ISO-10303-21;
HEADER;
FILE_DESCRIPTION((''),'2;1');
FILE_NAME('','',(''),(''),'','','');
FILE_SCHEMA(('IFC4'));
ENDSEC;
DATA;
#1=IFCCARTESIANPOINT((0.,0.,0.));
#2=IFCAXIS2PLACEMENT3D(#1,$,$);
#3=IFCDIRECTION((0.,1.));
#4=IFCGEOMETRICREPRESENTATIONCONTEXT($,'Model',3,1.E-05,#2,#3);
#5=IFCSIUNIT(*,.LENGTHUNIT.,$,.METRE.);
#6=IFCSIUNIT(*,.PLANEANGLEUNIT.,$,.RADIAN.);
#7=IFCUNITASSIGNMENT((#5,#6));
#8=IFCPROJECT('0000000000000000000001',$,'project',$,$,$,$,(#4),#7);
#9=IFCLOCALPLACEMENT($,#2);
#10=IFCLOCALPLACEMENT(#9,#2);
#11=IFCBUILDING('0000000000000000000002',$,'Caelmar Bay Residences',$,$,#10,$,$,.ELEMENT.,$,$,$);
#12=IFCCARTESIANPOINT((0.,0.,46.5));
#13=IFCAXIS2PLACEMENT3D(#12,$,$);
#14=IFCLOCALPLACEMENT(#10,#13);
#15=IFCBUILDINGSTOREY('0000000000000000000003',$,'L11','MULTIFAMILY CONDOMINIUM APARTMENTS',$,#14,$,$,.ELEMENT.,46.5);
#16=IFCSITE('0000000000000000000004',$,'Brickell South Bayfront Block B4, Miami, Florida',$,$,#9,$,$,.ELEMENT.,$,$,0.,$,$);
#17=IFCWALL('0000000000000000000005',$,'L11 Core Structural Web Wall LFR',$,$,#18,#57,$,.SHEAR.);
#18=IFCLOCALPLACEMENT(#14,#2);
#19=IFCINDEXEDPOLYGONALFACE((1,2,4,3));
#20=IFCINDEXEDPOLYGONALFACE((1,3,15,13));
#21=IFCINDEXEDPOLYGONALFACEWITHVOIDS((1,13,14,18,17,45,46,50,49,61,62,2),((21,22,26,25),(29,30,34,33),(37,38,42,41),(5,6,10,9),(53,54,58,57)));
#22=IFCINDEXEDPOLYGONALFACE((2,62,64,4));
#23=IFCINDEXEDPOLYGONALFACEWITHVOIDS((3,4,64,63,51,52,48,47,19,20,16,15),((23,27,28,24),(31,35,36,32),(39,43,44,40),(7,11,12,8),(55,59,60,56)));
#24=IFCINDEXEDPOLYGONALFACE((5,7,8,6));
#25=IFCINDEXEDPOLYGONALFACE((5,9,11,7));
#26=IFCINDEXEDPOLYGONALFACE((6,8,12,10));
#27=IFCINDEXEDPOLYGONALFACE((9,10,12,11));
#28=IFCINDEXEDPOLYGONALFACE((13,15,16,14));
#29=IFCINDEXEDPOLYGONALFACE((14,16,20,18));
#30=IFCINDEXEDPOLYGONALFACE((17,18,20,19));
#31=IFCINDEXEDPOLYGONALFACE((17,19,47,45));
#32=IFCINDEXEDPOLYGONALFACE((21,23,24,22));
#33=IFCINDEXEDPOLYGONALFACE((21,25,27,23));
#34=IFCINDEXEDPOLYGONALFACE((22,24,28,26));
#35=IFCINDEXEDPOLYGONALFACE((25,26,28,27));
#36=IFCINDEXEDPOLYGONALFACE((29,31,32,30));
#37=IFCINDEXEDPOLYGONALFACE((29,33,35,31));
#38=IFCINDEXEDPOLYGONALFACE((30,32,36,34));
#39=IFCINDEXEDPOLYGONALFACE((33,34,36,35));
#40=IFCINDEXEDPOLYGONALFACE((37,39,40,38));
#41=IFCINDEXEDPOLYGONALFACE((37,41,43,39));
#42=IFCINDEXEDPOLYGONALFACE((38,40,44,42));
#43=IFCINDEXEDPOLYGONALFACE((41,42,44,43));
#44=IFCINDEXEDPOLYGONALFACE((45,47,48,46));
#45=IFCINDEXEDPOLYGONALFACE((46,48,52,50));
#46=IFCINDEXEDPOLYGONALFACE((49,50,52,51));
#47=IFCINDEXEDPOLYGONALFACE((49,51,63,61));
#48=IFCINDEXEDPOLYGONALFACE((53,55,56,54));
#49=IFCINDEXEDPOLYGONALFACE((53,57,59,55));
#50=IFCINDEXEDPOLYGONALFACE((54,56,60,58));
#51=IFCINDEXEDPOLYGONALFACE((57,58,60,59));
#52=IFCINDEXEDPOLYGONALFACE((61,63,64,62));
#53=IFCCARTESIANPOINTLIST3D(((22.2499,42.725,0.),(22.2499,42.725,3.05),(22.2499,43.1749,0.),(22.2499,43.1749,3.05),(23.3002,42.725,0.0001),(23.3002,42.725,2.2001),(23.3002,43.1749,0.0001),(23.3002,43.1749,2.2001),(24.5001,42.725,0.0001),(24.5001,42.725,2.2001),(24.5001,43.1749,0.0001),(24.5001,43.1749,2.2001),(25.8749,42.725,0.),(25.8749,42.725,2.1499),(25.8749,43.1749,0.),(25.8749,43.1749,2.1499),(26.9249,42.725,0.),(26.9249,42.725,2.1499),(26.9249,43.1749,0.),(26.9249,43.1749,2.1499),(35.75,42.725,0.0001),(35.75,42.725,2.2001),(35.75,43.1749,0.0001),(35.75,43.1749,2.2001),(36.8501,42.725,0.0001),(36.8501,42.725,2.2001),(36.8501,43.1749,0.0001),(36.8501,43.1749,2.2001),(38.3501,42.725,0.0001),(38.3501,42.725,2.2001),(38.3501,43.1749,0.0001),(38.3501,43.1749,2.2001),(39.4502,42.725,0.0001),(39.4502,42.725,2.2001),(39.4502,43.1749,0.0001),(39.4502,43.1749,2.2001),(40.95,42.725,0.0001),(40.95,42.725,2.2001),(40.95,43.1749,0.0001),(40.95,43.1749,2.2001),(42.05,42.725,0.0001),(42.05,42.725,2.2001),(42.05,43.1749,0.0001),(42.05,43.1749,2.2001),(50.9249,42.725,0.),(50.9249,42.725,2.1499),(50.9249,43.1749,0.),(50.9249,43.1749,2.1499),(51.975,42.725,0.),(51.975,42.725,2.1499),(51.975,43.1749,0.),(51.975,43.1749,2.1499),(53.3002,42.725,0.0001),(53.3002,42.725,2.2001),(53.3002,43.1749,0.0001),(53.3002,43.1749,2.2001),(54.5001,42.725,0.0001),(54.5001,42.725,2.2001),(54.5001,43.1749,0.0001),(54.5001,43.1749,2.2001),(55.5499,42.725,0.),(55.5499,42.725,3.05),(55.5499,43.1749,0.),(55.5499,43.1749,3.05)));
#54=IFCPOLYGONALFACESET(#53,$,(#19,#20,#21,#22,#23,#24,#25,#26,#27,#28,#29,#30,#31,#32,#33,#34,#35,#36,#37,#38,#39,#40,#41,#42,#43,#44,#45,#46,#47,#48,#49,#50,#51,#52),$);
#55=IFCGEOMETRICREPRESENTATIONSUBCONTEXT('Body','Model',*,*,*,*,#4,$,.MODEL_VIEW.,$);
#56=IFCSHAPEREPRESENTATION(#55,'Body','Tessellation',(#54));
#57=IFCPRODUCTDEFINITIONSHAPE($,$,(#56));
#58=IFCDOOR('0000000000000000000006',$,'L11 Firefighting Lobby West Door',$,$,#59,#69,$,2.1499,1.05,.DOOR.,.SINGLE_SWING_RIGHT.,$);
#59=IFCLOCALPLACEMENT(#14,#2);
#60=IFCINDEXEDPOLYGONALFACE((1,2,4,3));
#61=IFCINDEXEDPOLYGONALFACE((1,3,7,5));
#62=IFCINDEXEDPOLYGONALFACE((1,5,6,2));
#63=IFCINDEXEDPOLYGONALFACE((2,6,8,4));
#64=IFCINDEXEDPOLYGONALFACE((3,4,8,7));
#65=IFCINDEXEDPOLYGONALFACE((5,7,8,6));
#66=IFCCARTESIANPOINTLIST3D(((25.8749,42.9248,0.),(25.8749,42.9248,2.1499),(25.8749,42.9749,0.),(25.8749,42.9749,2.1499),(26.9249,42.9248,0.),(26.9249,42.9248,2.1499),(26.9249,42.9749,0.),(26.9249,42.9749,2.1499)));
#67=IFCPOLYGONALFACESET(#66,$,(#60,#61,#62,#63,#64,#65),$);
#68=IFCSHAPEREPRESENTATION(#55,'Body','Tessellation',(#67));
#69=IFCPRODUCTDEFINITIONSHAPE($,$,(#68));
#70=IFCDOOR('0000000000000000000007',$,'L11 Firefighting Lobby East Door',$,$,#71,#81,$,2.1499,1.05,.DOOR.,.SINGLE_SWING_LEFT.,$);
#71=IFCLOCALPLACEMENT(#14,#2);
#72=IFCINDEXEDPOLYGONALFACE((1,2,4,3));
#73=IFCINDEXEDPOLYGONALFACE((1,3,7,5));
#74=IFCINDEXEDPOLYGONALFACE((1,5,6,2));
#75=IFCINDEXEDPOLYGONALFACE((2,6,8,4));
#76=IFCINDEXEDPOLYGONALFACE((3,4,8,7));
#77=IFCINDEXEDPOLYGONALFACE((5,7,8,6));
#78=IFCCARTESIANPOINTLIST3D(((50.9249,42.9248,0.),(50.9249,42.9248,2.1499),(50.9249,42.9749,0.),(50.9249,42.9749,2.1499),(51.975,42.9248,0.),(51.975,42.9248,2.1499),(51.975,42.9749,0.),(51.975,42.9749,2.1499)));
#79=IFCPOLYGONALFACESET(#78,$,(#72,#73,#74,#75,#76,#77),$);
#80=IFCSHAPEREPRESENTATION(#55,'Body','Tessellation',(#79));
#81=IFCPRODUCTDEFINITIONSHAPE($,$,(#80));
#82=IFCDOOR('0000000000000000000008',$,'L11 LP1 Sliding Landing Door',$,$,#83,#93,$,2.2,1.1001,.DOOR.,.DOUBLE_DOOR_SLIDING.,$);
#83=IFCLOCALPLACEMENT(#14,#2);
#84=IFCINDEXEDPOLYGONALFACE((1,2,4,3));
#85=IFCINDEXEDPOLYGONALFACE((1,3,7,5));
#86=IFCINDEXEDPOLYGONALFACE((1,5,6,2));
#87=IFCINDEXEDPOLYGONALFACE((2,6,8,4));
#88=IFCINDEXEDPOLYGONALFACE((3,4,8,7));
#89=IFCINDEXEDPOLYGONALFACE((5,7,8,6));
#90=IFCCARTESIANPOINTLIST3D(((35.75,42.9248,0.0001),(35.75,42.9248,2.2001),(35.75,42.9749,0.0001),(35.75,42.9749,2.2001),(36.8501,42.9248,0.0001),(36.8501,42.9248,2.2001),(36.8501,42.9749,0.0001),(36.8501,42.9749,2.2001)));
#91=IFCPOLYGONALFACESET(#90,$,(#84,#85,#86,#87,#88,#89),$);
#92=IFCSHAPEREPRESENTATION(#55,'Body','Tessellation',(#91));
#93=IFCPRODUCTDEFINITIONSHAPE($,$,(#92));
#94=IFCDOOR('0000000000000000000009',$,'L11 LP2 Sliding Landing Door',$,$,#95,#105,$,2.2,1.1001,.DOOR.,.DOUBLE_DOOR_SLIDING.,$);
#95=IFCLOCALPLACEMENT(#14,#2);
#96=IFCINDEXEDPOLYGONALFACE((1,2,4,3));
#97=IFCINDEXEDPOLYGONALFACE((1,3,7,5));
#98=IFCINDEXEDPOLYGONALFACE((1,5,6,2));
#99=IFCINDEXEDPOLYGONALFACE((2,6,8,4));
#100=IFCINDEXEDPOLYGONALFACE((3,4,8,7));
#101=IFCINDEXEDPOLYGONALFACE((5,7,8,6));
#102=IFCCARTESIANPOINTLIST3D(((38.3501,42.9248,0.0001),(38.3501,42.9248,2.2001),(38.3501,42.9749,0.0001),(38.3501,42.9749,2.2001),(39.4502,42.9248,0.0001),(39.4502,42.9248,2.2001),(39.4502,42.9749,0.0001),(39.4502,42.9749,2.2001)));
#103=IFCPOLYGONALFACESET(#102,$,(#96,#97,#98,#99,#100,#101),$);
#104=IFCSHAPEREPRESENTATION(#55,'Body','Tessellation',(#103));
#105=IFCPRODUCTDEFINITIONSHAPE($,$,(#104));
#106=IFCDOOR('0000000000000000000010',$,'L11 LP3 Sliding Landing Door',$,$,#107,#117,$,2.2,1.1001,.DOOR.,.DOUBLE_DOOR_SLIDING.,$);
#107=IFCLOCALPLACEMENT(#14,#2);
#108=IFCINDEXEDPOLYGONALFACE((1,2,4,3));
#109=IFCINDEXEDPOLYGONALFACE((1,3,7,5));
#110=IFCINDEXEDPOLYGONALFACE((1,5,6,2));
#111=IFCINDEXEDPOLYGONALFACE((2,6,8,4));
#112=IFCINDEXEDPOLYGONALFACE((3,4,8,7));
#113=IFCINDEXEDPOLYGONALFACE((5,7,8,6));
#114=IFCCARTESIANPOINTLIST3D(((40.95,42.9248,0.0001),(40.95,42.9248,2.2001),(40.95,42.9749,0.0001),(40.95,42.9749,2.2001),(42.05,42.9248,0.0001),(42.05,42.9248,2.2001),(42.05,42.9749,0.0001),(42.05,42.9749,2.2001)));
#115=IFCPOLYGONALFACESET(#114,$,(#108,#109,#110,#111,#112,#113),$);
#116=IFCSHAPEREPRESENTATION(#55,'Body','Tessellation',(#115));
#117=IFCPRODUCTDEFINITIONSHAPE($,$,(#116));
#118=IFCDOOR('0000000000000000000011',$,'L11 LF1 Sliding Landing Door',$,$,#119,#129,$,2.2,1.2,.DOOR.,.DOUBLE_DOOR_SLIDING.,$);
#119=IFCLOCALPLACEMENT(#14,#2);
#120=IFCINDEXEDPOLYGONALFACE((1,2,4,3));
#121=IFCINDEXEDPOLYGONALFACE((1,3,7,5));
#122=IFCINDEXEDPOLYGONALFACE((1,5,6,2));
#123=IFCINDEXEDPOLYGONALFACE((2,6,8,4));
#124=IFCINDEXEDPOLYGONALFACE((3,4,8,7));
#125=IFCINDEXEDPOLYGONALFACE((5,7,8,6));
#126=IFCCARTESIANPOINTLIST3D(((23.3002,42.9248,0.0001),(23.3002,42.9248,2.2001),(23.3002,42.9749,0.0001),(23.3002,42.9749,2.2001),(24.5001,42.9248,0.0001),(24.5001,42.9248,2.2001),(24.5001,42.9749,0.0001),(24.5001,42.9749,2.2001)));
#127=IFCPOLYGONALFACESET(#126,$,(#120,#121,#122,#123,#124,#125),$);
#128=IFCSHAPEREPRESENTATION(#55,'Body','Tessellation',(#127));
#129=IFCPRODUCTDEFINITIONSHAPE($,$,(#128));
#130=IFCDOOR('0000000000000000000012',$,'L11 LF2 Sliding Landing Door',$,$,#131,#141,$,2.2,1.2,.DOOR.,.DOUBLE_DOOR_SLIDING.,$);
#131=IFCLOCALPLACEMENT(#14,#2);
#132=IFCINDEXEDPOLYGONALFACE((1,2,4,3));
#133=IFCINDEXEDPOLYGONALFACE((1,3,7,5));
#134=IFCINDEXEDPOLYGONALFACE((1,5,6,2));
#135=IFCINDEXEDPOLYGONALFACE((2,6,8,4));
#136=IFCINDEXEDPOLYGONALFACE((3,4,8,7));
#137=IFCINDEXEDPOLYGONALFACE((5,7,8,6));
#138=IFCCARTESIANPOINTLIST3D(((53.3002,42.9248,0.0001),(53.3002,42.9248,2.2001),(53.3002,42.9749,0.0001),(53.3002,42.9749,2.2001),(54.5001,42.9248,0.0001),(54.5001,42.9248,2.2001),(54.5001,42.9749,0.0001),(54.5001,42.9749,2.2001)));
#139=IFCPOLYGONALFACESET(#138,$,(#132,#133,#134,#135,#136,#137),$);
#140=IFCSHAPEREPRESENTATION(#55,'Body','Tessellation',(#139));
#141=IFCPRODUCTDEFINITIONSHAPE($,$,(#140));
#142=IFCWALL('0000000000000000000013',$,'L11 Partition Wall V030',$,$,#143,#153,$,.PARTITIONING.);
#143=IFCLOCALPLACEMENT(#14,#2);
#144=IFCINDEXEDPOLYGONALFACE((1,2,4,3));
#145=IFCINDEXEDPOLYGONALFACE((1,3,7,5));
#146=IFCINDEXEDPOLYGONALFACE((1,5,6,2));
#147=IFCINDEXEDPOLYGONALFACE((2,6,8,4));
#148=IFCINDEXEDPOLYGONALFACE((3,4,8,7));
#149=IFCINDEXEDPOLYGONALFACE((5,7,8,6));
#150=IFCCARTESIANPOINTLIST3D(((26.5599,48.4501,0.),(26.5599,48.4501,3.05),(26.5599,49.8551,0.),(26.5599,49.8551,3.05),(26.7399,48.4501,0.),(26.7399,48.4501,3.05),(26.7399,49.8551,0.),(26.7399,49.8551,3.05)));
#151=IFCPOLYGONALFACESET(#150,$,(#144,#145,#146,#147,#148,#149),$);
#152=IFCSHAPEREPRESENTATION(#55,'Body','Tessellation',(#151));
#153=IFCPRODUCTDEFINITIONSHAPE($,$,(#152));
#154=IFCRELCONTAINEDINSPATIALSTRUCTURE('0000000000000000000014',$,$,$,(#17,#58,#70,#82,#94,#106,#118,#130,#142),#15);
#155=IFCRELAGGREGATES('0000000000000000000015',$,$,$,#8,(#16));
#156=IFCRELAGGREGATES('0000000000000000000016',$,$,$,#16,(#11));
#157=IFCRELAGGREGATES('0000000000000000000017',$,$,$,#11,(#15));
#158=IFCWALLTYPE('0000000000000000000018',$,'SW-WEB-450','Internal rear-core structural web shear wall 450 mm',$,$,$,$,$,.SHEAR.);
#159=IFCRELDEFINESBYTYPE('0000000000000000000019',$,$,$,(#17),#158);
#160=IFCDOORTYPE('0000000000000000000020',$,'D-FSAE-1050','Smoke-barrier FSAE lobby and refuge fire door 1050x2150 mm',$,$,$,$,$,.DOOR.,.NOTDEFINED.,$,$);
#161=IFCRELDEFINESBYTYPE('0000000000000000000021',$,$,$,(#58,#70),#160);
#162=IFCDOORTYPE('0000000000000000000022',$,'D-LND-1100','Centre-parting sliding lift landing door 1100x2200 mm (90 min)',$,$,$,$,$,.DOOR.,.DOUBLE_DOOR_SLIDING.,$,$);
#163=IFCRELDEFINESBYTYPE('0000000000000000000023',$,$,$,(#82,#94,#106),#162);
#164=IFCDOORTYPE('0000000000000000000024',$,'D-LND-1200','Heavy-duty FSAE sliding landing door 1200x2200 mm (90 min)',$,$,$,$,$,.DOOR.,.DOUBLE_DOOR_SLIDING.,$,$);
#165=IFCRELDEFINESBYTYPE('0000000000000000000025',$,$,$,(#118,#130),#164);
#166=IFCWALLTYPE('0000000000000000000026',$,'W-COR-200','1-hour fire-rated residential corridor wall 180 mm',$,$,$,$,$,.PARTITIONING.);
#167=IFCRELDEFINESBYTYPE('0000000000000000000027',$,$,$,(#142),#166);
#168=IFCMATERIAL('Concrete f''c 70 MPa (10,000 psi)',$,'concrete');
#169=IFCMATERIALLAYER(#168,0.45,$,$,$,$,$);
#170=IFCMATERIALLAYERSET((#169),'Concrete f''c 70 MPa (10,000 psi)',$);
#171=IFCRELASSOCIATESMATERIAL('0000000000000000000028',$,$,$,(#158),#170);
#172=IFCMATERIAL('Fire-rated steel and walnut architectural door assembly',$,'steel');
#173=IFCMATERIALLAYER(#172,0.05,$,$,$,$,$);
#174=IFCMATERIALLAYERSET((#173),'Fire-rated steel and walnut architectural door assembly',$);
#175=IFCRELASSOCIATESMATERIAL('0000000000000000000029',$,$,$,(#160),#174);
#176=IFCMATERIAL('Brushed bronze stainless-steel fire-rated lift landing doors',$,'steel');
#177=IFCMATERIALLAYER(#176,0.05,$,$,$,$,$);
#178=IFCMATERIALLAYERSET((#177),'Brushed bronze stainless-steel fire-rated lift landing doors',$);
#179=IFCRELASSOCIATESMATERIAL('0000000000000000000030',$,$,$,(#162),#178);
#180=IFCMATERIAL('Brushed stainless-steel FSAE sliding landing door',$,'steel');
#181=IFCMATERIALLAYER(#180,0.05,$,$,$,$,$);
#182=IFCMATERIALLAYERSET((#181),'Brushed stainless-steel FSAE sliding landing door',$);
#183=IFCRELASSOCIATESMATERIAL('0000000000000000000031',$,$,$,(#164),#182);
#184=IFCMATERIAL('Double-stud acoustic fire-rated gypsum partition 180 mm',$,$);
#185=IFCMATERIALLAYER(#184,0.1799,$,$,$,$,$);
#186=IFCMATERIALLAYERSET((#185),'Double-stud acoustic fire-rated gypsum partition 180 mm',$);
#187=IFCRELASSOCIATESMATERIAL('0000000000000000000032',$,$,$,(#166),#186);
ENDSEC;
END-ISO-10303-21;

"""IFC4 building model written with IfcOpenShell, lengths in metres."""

from ifc_helpers import new_model, si_unit, direction, frame, frame_2d, origin, place, context, subcontext, project, spatial, rectangle, extrude, material, layer, layer_set, type_object, element, fill, save


model = new_model("IFC4")

# Units and contexts
model_context = context("Model", 3, precision=1e-05, world=origin(), true_north=direction((0.0, 1.0)))
body_context = subcontext(model_context, "Body", "Model", "MODEL_VIEW")
ifc_project = project(units=[si_unit("LENGTHUNIT", "METRE"), si_unit("PLANEANGLEUNIT", "RADIAN")], contexts=[model_context])

# Site, building, storey
site_placement = place(None, origin())
site = spatial("IfcSite", under=ifc_project, at=site_placement, Name="Brickell South Bayfront Block B4, Miami, Florida", CompositionType="ELEMENT", RefElevation=0.0)
building_placement = place(site_placement, origin())
building = spatial("IfcBuilding", under=site, at=building_placement, Name="Caelmar Bay Residences", CompositionType="ELEMENT")
storey_placement = place(building_placement, frame((0.0, 0.0, 46.5)))
storey = spatial("IfcBuildingStorey", under=building, at=storey_placement, Name="L11", Description="MULTIFAMILY CONDOMINIUM APARTMENTS", CompositionType="ELEMENT", Elevation=46.5)

# Shared definitions
ifc_material_1 = material(Name="Fire-rated steel and walnut architectural door assembly", Category="steel")

# Wall, openings, doors
ifc_material_2 = material(Name="Concrete f'c 70 MPa (10,000 psi)", Category="concrete")
ifc_layer_1 = layer(ifc_material_2, 0.45)
ifc_layer_set_1 = layer_set([ifc_layer_1], Name="Concrete f'c 70 MPa (10,000 psi)")
wall_type_1 = type_object("IfcWallType", Name="SW-WEB-450", Description="Internal rear-core structural web shear wall 450 mm", PredefinedType="SHEAR", material=ifc_layer_set_1)
wall_1_placement = place(storey_placement, frame((22.25, 42.95, 0.0), z_axis=(0.0, 0.0, 1.0), x_axis=(1.0, 0.0, 0.0)))
wall_1 = element("IfcWall", 1, at=wall_1_placement, inside=storey, type_object=wall_type_1, Name="L11 Core Structural Web Wall LFR", PredefinedType="SHEAR", context=body_context, shape_type="SweptSolid", body=[
    extrude(rectangle(XDim=33.3, YDim=0.45, at=frame_2d((16.6499, 0.0))), origin(), (0.0, 0.0, 1.0), 3.05),
])
opening_1_placement = place(wall_1_placement, frame((1.05, 0.0, 0.0)))
opening_1 = element("IfcOpeningElement", 2, at=opening_1_placement, cuts=wall_1, PredefinedType="OPENING", context=body_context, shape_type="SweptSolid", body=[
    extrude(rectangle(XDim=1.2, YDim=2.2, at=frame_2d((0.6001, 1.1001))), frame((0.0, 0.2349, 0.0), z_axis=(0.0, -1.0, 0.0), x_axis=(1.0, 0.0, 0.0)), (0.0, 0.0, 1.0), 0.47),
])
opening_2_placement = place(wall_1_placement, frame((31.05, 0.0, 0.0)))
opening_2 = element("IfcOpeningElement", 3, at=opening_2_placement, cuts=wall_1, PredefinedType="OPENING", context=body_context, shape_type="SweptSolid", body=[
    extrude(rectangle(XDim=1.2, YDim=2.2, at=frame_2d((0.6001, 1.1001))), frame((0.0, 0.2349, 0.0), z_axis=(0.0, -1.0, 0.0), x_axis=(1.0, 0.0, 0.0)), (0.0, 0.0, 1.0), 0.47),
])
opening_3_placement = place(wall_1_placement, frame((13.5, 0.0, 0.0)))
opening_3 = element("IfcOpeningElement", 4, at=opening_3_placement, cuts=wall_1, PredefinedType="OPENING", context=body_context, shape_type="SweptSolid", body=[
    extrude(rectangle(XDim=1.1001, YDim=2.2, at=frame_2d((0.55, 1.1001))), frame((0.0, 0.2349, 0.0), z_axis=(0.0, -1.0, 0.0), x_axis=(1.0, 0.0, 0.0)), (0.0, 0.0, 1.0), 0.47),
])
opening_4_placement = place(wall_1_placement, frame((16.1001, 0.0, 0.0)))
opening_4 = element("IfcOpeningElement", 5, at=opening_4_placement, cuts=wall_1, PredefinedType="OPENING", context=body_context, shape_type="SweptSolid", body=[
    extrude(rectangle(XDim=1.1001, YDim=2.2, at=frame_2d((0.55, 1.1001))), frame((0.0, 0.2349, 0.0), z_axis=(0.0, -1.0, 0.0), x_axis=(1.0, 0.0, 0.0)), (0.0, 0.0, 1.0), 0.47),
])
opening_5_placement = place(wall_1_placement, frame((18.7, 0.0, 0.0)))
opening_5 = element("IfcOpeningElement", 6, at=opening_5_placement, cuts=wall_1, PredefinedType="OPENING", context=body_context, shape_type="SweptSolid", body=[
    extrude(rectangle(XDim=1.1001, YDim=2.2, at=frame_2d((0.55, 1.1001))), frame((0.0, 0.2349, 0.0), z_axis=(0.0, -1.0, 0.0), x_axis=(1.0, 0.0, 0.0)), (0.0, 0.0, 1.0), 0.47),
])
opening_6_placement = place(wall_1_placement, frame((3.625, 0.0, 0.0)))
opening_6 = element("IfcOpeningElement", 7, at=opening_6_placement, cuts=wall_1, PredefinedType="OPENING", context=body_context, shape_type="SweptSolid", body=[
    extrude(rectangle(XDim=1.05, YDim=2.1499, at=frame_2d((0.5249, 1.075))), frame((0.0, 0.2349, 0.0), z_axis=(0.0, -1.0, 0.0), x_axis=(1.0, 0.0, 0.0)), (0.0, 0.0, 1.0), 0.47),
])
opening_7_placement = place(wall_1_placement, frame((28.675, 0.0, 0.0)))
opening_7 = element("IfcOpeningElement", 8, at=opening_7_placement, cuts=wall_1, PredefinedType="OPENING", context=body_context, shape_type="SweptSolid", body=[
    extrude(rectangle(XDim=1.05, YDim=2.1499, at=frame_2d((0.5249, 1.075))), frame((0.0, 0.2349, 0.0), z_axis=(0.0, -1.0, 0.0), x_axis=(1.0, 0.0, 0.0)), (0.0, 0.0, 1.0), 0.47),
])
ifc_layer_2 = layer(ifc_material_1, 0.05)
ifc_layer_set_2 = layer_set([ifc_layer_2], Name="Fire-rated steel and walnut architectural door assembly")
door_type_1 = type_object("IfcDoorType", Name="D-FSAE-1050", Description="Smoke-barrier FSAE lobby and refuge fire door 1050x2150 mm", OperationType="NOTDEFINED", PredefinedType="DOOR", material=ifc_layer_set_2)
door_1_placement = place(opening_6_placement, origin())
door_1 = element("IfcDoor", 9, at=door_1_placement, inside=storey, type_object=door_type_1, Name="L11 Firefighting Lobby West Door", OperationType="SINGLE_SWING_RIGHT", OverallHeight=2.1499, OverallWidth=1.05, PredefinedType="DOOR", context=body_context, shape_type="SweptSolid", body=[
    extrude(rectangle(XDim=1.05, YDim=2.1499, at=frame_2d((0.5249, 1.075))), frame((0.0, 0.0249, 0.0), z_axis=(0.0, -1.0, 0.0), x_axis=(1.0, 0.0, 0.0)), (0.0, 0.0, 1.0), 0.05),
])
fill(opening_6, door_1)
door_2_placement = place(opening_7_placement, origin())
door_2 = element("IfcDoor", 10, at=door_2_placement, inside=storey, type_object=door_type_1, Name="L11 Firefighting Lobby East Door", OperationType="SINGLE_SWING_LEFT", OverallHeight=2.1499, OverallWidth=1.05, PredefinedType="DOOR", context=body_context, shape_type="SweptSolid", body=[
    extrude(rectangle(XDim=1.05, YDim=2.1499, at=frame_2d((0.5249, 1.075))), frame((0.0, 0.0249, 0.0), z_axis=(0.0, -1.0, 0.0), x_axis=(1.0, 0.0, 0.0)), (0.0, 0.0, 1.0), 0.05),
])
fill(opening_7, door_2)
ifc_material_3 = material(Name="Brushed bronze stainless-steel fire-rated lift landing doors", Category="steel")
ifc_layer_3 = layer(ifc_material_3, 0.05)
ifc_layer_set_3 = layer_set([ifc_layer_3], Name="Brushed bronze stainless-steel fire-rated lift landing doors")
door_type_2 = type_object("IfcDoorType", Name="D-LND-1100", Description="Centre-parting sliding lift landing door 1100x2200 mm (90 min)", OperationType="DOUBLE_DOOR_SLIDING", PredefinedType="DOOR", material=ifc_layer_set_3)
door_3_placement = place(opening_3_placement, origin())
door_3 = element("IfcDoor", 11, at=door_3_placement, inside=storey, type_object=door_type_2, Name="L11 LP1 Sliding Landing Door", OperationType="DOUBLE_DOOR_SLIDING", OverallHeight=2.2, OverallWidth=1.1001, PredefinedType="DOOR", context=body_context, shape_type="SweptSolid", body=[
    extrude(rectangle(XDim=1.1001, YDim=2.2, at=frame_2d((0.55, 1.1001))), frame((0.0, 0.0249, 0.0), z_axis=(0.0, -1.0, 0.0), x_axis=(1.0, 0.0, 0.0)), (0.0, 0.0, 1.0), 0.05),
])
fill(opening_3, door_3)
door_4_placement = place(opening_4_placement, origin())
door_4 = element("IfcDoor", 12, at=door_4_placement, inside=storey, type_object=door_type_2, Name="L11 LP2 Sliding Landing Door", OperationType="DOUBLE_DOOR_SLIDING", OverallHeight=2.2, OverallWidth=1.1001, PredefinedType="DOOR", context=body_context, shape_type="SweptSolid", body=[
    extrude(rectangle(XDim=1.1001, YDim=2.2, at=frame_2d((0.55, 1.1001))), frame((0.0, 0.0249, 0.0), z_axis=(0.0, -1.0, 0.0), x_axis=(1.0, 0.0, 0.0)), (0.0, 0.0, 1.0), 0.05),
])
fill(opening_4, door_4)
door_5_placement = place(opening_5_placement, origin())
door_5 = element("IfcDoor", 13, at=door_5_placement, inside=storey, type_object=door_type_2, Name="L11 LP3 Sliding Landing Door", OperationType="DOUBLE_DOOR_SLIDING", OverallHeight=2.2, OverallWidth=1.1001, PredefinedType="DOOR", context=body_context, shape_type="SweptSolid", body=[
    extrude(rectangle(XDim=1.1001, YDim=2.2, at=frame_2d((0.55, 1.1001))), frame((0.0, 0.0249, 0.0), z_axis=(0.0, -1.0, 0.0), x_axis=(1.0, 0.0, 0.0)), (0.0, 0.0, 1.0), 0.05),
])
fill(opening_5, door_5)
ifc_material_4 = material(Name="Brushed stainless-steel FSAE sliding landing door", Category="steel")
ifc_layer_4 = layer(ifc_material_4, 0.05)
ifc_layer_set_4 = layer_set([ifc_layer_4], Name="Brushed stainless-steel FSAE sliding landing door")
door_type_3 = type_object("IfcDoorType", Name="D-LND-1200", Description="Heavy-duty FSAE sliding landing door 1200x2200 mm (90 min)", OperationType="DOUBLE_DOOR_SLIDING", PredefinedType="DOOR", material=ifc_layer_set_4)
door_6_placement = place(opening_1_placement, origin())
door_6 = element("IfcDoor", 14, at=door_6_placement, inside=storey, type_object=door_type_3, Name="L11 LF1 Sliding Landing Door", OperationType="DOUBLE_DOOR_SLIDING", OverallHeight=2.2, OverallWidth=1.2, PredefinedType="DOOR", context=body_context, shape_type="SweptSolid", body=[
    extrude(rectangle(XDim=1.2, YDim=2.2, at=frame_2d((0.6001, 1.1001))), frame((0.0, 0.0249, 0.0), z_axis=(0.0, -1.0, 0.0), x_axis=(1.0, 0.0, 0.0)), (0.0, 0.0, 1.0), 0.05),
])
fill(opening_1, door_6)
door_7_placement = place(opening_2_placement, origin())
door_7 = element("IfcDoor", 15, at=door_7_placement, inside=storey, type_object=door_type_3, Name="L11 LF2 Sliding Landing Door", OperationType="DOUBLE_DOOR_SLIDING", OverallHeight=2.2, OverallWidth=1.2, PredefinedType="DOOR", context=body_context, shape_type="SweptSolid", body=[
    extrude(rectangle(XDim=1.2, YDim=2.2, at=frame_2d((0.6001, 1.1001))), frame((0.0, 0.0249, 0.0), z_axis=(0.0, -1.0, 0.0), x_axis=(1.0, 0.0, 0.0)), (0.0, 0.0, 1.0), 0.05),
])
fill(opening_2, door_7)

# Wall
ifc_material_5 = material(Name="Double-stud acoustic fire-rated gypsum partition 180 mm")
ifc_layer_5 = layer(ifc_material_5, 0.1799)
ifc_layer_set_5 = layer_set([ifc_layer_5], Name="Double-stud acoustic fire-rated gypsum partition 180 mm")
wall_type_2 = type_object("IfcWallType", Name="W-COR-200", Description="1-hour fire-rated residential corridor wall 180 mm", PredefinedType="PARTITIONING", material=ifc_layer_set_5)
wall_2_placement = place(storey_placement, frame((26.6499, 48.45, 0.0), z_axis=(0.0, 0.0, 1.0), x_axis=(0.0, 1.0, 0.0)))
element("IfcWall", 16, at=wall_2_placement, inside=storey, type_object=wall_type_2, Name="L11 Partition Wall V030", PredefinedType="PARTITIONING", context=body_context, shape_type="SweptSolid", body=[
    extrude(rectangle(XDim=1.405, YDim=0.1799, at=frame_2d((0.7026, 0.0))), origin(), (0.0, 0.0, 1.0), 3.05),
])

save(model, "model.ifc")
